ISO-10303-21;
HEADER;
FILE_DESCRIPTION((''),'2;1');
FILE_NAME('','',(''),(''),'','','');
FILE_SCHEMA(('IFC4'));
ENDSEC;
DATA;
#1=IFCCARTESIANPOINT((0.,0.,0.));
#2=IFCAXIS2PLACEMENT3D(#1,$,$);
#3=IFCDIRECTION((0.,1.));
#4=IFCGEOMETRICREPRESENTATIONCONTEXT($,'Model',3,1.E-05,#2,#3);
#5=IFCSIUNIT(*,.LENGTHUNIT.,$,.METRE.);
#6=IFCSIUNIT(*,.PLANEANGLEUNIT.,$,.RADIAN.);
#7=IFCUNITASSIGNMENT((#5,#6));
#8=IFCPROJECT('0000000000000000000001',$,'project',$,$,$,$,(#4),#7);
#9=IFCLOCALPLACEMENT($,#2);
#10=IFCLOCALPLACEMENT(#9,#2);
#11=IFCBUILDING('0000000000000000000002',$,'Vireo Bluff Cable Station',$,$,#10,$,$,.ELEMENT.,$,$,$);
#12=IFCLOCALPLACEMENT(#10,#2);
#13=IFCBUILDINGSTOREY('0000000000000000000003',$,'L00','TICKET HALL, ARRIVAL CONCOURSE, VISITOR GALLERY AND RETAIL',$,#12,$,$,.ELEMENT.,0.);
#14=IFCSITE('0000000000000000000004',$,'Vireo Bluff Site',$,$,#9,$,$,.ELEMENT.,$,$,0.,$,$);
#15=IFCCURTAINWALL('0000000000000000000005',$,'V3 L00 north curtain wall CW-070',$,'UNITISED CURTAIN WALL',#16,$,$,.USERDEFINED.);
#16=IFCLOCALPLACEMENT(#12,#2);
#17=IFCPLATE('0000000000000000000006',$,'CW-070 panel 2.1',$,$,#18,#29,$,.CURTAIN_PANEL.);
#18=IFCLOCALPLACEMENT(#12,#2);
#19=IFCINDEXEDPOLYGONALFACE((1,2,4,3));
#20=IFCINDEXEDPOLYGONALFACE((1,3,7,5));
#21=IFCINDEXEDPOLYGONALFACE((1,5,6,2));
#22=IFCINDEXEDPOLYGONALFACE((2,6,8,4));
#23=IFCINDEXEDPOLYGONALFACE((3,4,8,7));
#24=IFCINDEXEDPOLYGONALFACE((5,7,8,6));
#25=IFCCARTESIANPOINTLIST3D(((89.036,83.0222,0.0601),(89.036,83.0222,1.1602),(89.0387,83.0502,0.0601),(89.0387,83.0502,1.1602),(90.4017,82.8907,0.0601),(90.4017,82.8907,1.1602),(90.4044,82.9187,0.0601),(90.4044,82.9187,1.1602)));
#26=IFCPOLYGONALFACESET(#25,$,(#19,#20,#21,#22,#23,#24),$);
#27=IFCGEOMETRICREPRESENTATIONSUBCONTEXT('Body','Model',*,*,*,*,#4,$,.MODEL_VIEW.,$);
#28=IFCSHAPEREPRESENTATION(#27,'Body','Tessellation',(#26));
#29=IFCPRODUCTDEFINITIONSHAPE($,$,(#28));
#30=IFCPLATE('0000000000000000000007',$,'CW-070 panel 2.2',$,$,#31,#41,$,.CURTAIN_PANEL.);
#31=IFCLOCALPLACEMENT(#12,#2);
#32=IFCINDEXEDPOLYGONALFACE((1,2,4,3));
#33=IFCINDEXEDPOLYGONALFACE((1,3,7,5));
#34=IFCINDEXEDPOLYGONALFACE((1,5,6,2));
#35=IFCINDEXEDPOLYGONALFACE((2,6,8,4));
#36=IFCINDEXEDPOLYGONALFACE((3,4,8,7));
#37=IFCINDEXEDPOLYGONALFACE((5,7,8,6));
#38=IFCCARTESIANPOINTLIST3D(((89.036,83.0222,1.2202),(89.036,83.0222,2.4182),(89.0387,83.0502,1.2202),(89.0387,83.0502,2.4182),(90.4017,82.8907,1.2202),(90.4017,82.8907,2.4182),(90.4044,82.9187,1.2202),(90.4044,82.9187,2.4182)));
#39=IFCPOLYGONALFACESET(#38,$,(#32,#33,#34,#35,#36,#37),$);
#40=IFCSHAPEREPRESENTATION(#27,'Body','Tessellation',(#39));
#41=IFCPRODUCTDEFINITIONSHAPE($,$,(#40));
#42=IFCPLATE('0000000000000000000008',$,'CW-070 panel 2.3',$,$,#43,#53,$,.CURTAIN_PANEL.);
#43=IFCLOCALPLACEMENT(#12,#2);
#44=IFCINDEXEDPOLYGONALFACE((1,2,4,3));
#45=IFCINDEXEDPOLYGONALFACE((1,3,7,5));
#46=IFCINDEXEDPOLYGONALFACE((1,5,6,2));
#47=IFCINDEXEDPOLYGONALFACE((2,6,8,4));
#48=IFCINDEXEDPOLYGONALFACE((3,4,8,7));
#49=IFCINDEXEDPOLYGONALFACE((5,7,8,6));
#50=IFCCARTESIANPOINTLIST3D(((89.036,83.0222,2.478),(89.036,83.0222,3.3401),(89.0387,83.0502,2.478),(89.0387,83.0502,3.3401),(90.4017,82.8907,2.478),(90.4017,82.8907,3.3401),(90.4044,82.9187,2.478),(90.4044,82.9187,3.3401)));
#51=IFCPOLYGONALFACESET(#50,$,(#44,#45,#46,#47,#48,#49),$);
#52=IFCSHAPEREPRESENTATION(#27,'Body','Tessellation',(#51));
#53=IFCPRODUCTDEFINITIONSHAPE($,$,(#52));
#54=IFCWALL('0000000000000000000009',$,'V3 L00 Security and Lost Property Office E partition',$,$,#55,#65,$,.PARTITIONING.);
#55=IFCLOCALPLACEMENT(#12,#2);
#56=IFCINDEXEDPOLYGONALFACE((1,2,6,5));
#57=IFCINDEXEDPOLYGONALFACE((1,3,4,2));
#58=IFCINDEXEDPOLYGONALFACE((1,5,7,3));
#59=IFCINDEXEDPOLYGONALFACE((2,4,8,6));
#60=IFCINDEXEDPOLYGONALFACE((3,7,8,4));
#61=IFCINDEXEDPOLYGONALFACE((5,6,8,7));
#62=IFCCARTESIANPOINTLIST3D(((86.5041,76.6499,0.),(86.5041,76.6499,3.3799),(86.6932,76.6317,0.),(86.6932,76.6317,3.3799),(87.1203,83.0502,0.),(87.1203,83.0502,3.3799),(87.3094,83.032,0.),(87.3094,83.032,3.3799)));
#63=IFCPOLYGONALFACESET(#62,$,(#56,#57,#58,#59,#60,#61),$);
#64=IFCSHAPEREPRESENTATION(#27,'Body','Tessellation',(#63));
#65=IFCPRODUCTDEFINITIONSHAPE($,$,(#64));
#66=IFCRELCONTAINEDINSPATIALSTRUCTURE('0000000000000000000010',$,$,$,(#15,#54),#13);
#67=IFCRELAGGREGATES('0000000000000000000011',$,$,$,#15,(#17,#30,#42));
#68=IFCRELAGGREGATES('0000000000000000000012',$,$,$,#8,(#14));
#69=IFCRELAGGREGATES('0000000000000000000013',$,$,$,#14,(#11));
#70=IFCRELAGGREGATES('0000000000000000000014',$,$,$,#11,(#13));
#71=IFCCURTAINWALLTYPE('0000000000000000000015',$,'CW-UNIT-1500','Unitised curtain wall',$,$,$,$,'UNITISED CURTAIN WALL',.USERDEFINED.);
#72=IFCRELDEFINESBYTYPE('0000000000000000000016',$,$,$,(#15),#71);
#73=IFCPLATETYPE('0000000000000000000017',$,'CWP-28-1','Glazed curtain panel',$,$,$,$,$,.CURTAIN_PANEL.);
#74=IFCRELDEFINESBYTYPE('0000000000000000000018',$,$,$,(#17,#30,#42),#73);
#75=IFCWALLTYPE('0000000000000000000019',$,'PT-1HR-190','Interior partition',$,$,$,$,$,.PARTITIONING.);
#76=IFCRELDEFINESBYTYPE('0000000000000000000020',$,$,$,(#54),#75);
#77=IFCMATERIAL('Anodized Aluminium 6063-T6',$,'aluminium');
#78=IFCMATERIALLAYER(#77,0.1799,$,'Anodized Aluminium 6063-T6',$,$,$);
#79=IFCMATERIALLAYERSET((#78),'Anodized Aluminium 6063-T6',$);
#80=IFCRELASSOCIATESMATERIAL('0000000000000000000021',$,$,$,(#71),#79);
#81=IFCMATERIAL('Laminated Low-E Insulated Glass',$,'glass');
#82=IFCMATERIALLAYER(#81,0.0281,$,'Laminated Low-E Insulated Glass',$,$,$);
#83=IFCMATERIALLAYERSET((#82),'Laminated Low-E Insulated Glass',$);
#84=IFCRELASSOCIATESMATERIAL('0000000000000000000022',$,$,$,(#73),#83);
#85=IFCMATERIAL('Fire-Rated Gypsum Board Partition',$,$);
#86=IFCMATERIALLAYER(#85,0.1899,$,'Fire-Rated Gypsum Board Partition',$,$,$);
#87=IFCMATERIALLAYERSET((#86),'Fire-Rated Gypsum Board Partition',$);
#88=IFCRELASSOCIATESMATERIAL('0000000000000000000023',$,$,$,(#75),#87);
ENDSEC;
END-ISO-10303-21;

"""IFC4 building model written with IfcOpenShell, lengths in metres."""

from ifc_helpers import new_model, si_unit, direction, frame, frame_2d, origin, origin_2d, place, context, subcontext, project, spatial, rectangle, extrude, material, layer, layer_set, type_object, element, aggregate, save


model = new_model("IFC4")

# Units and contexts
model_context = context("Model", 3, precision=1e-05, world=origin(), true_north=direction((0.0, 1.0)))
body_context = subcontext(model_context, "Body", "Model", "MODEL_VIEW")
ifc_project = project(units=[si_unit("LENGTHUNIT", "METRE"), si_unit("PLANEANGLEUNIT", "RADIAN")], contexts=[model_context])

# Site, building, storey
site_placement = place(None, origin())
site = spatial("IfcSite", under=ifc_project, at=site_placement, Name="Vireo Bluff Site", CompositionType="ELEMENT", RefElevation=0.0)
building_placement = place(site_placement, origin())
building = spatial("IfcBuilding", under=site, at=building_placement, Name="Vireo Bluff Cable Station", CompositionType="ELEMENT")
storey_placement = place(building_placement, origin())
storey = spatial("IfcBuildingStorey", under=building, at=storey_placement, Name="L00", Description="TICKET HALL, ARRIVAL CONCOURSE, VISITOR GALLERY AND RETAIL", CompositionType="ELEMENT", Elevation=0.0)

# Curtain wall
ifc_material_1 = material(Name="Anodized Aluminium 6063-T6", Category="aluminium")
ifc_layer_1 = layer(ifc_material_1, 0.1799, Name="Anodized Aluminium 6063-T6")
ifc_layer_set_1 = layer_set([ifc_layer_1], Name="Anodized Aluminium 6063-T6")
curtain_wall_type = type_object("IfcCurtainWallType", Name="CW-UNIT-1500", Description="Unitised curtain wall", ElementType="UNITISED CURTAIN WALL", PredefinedType="USERDEFINED", material=ifc_layer_set_1)
curtain_wall_placement = place(storey_placement, origin())
curtain_wall = element("IfcCurtainWall", 1, at=curtain_wall_placement, inside=storey, type_object=curtain_wall_type, Name="V3 L00 north curtain wall CW-070", ObjectType="UNITISED CURTAIN WALL", PredefinedType="USERDEFINED")

# Plates
ifc_material_2 = material(Name="Laminated Low-E Insulated Glass", Category="glass")
ifc_layer_2 = layer(ifc_material_2, 0.0281, Name="Laminated Low-E Insulated Glass")
ifc_layer_set_2 = layer_set([ifc_layer_2], Name="Laminated Low-E Insulated Glass")
plate_type_1 = type_object("IfcPlateType", Name="CWP-28-1", Description="Glazed curtain panel", PredefinedType="CURTAIN_PANEL", material=ifc_layer_set_2)
plate_1_placement = place(storey_placement, frame((89.7202, 82.9705, 0.0601), z_axis=(0.0, 0.0, 1.0), x_axis=(0.995396, -0.095846, 0.0)))
plate_1 = element("IfcPlate", 2, at=plate_1_placement, type_object=plate_type_1, Name="CW-070 panel 2.1", PredefinedType="CURTAIN_PANEL", context=body_context, shape_type="SweptSolid", body=[
    extrude(rectangle(XDim=1.3721, YDim=0.0281, at=origin_2d()), origin(), (0.0, 0.0, 1.0), 1.1001),
])
plate_2_placement = place(storey_placement, frame((89.7202, 82.9705, 1.2202), z_axis=(0.0, 0.0, 1.0), x_axis=(0.995396, -0.095846, 0.0)))
plate_2 = element("IfcPlate", 3, at=plate_2_placement, type_object=plate_type_1, Name="CW-070 panel 2.2", PredefinedType="CURTAIN_PANEL", context=body_context, shape_type="SweptSolid", body=[
    extrude(rectangle(XDim=1.3721, YDim=0.0281, at=origin_2d()), origin(), (0.0, 0.0, 1.0), 1.198),
])
plate_3_placement = place(storey_placement, frame((89.7202, 82.9705, 2.478), z_axis=(0.0, 0.0, 1.0), x_axis=(0.995396, -0.095846, 0.0)))
plate_3 = element("IfcPlate", 4, at=plate_3_placement, type_object=plate_type_1, Name="CW-070 panel 2.3", PredefinedType="CURTAIN_PANEL", context=body_context, shape_type="SweptSolid", body=[
    extrude(rectangle(XDim=1.3721, YDim=0.0281, at=origin_2d()), origin(), (0.0, 0.0, 1.0), 0.8621),
])
aggregate(curtain_wall, [plate_1, plate_2, plate_3])

# Wall
ifc_material_3 = material(Name="Fire-Rated Gypsum Board Partition")
ifc_layer_3 = layer(ifc_material_3, 0.1899, Name="Fire-Rated Gypsum Board Partition")
ifc_layer_set_3 = layer_set([ifc_layer_3], Name="Fire-Rated Gypsum Board Partition")
wall_type = type_object("IfcWallType", Name="PT-1HR-190", Description="Interior partition", PredefinedType="PARTITIONING", material=ifc_layer_set_3)
wall_placement = place(storey_placement, frame((87.2148, 83.041, 0.0), z_axis=(0.0, 0.0, 1.0), x_axis=(-0.095834, -0.995397, 0.0)))
element("IfcWall", 5, at=wall_placement, inside=storey, type_object=wall_type, Name="V3 L00 Security and Lost Property Office E partition", PredefinedType="PARTITIONING", context=body_context, shape_type="SweptSolid", body=[
    extrude(rectangle(XDim=6.4299, YDim=0.1899, at=frame_2d((3.2148, 0.0))), origin(), (0.0, 0.0, 1.0), 3.3799),
])

save(model, "model.ifc")
